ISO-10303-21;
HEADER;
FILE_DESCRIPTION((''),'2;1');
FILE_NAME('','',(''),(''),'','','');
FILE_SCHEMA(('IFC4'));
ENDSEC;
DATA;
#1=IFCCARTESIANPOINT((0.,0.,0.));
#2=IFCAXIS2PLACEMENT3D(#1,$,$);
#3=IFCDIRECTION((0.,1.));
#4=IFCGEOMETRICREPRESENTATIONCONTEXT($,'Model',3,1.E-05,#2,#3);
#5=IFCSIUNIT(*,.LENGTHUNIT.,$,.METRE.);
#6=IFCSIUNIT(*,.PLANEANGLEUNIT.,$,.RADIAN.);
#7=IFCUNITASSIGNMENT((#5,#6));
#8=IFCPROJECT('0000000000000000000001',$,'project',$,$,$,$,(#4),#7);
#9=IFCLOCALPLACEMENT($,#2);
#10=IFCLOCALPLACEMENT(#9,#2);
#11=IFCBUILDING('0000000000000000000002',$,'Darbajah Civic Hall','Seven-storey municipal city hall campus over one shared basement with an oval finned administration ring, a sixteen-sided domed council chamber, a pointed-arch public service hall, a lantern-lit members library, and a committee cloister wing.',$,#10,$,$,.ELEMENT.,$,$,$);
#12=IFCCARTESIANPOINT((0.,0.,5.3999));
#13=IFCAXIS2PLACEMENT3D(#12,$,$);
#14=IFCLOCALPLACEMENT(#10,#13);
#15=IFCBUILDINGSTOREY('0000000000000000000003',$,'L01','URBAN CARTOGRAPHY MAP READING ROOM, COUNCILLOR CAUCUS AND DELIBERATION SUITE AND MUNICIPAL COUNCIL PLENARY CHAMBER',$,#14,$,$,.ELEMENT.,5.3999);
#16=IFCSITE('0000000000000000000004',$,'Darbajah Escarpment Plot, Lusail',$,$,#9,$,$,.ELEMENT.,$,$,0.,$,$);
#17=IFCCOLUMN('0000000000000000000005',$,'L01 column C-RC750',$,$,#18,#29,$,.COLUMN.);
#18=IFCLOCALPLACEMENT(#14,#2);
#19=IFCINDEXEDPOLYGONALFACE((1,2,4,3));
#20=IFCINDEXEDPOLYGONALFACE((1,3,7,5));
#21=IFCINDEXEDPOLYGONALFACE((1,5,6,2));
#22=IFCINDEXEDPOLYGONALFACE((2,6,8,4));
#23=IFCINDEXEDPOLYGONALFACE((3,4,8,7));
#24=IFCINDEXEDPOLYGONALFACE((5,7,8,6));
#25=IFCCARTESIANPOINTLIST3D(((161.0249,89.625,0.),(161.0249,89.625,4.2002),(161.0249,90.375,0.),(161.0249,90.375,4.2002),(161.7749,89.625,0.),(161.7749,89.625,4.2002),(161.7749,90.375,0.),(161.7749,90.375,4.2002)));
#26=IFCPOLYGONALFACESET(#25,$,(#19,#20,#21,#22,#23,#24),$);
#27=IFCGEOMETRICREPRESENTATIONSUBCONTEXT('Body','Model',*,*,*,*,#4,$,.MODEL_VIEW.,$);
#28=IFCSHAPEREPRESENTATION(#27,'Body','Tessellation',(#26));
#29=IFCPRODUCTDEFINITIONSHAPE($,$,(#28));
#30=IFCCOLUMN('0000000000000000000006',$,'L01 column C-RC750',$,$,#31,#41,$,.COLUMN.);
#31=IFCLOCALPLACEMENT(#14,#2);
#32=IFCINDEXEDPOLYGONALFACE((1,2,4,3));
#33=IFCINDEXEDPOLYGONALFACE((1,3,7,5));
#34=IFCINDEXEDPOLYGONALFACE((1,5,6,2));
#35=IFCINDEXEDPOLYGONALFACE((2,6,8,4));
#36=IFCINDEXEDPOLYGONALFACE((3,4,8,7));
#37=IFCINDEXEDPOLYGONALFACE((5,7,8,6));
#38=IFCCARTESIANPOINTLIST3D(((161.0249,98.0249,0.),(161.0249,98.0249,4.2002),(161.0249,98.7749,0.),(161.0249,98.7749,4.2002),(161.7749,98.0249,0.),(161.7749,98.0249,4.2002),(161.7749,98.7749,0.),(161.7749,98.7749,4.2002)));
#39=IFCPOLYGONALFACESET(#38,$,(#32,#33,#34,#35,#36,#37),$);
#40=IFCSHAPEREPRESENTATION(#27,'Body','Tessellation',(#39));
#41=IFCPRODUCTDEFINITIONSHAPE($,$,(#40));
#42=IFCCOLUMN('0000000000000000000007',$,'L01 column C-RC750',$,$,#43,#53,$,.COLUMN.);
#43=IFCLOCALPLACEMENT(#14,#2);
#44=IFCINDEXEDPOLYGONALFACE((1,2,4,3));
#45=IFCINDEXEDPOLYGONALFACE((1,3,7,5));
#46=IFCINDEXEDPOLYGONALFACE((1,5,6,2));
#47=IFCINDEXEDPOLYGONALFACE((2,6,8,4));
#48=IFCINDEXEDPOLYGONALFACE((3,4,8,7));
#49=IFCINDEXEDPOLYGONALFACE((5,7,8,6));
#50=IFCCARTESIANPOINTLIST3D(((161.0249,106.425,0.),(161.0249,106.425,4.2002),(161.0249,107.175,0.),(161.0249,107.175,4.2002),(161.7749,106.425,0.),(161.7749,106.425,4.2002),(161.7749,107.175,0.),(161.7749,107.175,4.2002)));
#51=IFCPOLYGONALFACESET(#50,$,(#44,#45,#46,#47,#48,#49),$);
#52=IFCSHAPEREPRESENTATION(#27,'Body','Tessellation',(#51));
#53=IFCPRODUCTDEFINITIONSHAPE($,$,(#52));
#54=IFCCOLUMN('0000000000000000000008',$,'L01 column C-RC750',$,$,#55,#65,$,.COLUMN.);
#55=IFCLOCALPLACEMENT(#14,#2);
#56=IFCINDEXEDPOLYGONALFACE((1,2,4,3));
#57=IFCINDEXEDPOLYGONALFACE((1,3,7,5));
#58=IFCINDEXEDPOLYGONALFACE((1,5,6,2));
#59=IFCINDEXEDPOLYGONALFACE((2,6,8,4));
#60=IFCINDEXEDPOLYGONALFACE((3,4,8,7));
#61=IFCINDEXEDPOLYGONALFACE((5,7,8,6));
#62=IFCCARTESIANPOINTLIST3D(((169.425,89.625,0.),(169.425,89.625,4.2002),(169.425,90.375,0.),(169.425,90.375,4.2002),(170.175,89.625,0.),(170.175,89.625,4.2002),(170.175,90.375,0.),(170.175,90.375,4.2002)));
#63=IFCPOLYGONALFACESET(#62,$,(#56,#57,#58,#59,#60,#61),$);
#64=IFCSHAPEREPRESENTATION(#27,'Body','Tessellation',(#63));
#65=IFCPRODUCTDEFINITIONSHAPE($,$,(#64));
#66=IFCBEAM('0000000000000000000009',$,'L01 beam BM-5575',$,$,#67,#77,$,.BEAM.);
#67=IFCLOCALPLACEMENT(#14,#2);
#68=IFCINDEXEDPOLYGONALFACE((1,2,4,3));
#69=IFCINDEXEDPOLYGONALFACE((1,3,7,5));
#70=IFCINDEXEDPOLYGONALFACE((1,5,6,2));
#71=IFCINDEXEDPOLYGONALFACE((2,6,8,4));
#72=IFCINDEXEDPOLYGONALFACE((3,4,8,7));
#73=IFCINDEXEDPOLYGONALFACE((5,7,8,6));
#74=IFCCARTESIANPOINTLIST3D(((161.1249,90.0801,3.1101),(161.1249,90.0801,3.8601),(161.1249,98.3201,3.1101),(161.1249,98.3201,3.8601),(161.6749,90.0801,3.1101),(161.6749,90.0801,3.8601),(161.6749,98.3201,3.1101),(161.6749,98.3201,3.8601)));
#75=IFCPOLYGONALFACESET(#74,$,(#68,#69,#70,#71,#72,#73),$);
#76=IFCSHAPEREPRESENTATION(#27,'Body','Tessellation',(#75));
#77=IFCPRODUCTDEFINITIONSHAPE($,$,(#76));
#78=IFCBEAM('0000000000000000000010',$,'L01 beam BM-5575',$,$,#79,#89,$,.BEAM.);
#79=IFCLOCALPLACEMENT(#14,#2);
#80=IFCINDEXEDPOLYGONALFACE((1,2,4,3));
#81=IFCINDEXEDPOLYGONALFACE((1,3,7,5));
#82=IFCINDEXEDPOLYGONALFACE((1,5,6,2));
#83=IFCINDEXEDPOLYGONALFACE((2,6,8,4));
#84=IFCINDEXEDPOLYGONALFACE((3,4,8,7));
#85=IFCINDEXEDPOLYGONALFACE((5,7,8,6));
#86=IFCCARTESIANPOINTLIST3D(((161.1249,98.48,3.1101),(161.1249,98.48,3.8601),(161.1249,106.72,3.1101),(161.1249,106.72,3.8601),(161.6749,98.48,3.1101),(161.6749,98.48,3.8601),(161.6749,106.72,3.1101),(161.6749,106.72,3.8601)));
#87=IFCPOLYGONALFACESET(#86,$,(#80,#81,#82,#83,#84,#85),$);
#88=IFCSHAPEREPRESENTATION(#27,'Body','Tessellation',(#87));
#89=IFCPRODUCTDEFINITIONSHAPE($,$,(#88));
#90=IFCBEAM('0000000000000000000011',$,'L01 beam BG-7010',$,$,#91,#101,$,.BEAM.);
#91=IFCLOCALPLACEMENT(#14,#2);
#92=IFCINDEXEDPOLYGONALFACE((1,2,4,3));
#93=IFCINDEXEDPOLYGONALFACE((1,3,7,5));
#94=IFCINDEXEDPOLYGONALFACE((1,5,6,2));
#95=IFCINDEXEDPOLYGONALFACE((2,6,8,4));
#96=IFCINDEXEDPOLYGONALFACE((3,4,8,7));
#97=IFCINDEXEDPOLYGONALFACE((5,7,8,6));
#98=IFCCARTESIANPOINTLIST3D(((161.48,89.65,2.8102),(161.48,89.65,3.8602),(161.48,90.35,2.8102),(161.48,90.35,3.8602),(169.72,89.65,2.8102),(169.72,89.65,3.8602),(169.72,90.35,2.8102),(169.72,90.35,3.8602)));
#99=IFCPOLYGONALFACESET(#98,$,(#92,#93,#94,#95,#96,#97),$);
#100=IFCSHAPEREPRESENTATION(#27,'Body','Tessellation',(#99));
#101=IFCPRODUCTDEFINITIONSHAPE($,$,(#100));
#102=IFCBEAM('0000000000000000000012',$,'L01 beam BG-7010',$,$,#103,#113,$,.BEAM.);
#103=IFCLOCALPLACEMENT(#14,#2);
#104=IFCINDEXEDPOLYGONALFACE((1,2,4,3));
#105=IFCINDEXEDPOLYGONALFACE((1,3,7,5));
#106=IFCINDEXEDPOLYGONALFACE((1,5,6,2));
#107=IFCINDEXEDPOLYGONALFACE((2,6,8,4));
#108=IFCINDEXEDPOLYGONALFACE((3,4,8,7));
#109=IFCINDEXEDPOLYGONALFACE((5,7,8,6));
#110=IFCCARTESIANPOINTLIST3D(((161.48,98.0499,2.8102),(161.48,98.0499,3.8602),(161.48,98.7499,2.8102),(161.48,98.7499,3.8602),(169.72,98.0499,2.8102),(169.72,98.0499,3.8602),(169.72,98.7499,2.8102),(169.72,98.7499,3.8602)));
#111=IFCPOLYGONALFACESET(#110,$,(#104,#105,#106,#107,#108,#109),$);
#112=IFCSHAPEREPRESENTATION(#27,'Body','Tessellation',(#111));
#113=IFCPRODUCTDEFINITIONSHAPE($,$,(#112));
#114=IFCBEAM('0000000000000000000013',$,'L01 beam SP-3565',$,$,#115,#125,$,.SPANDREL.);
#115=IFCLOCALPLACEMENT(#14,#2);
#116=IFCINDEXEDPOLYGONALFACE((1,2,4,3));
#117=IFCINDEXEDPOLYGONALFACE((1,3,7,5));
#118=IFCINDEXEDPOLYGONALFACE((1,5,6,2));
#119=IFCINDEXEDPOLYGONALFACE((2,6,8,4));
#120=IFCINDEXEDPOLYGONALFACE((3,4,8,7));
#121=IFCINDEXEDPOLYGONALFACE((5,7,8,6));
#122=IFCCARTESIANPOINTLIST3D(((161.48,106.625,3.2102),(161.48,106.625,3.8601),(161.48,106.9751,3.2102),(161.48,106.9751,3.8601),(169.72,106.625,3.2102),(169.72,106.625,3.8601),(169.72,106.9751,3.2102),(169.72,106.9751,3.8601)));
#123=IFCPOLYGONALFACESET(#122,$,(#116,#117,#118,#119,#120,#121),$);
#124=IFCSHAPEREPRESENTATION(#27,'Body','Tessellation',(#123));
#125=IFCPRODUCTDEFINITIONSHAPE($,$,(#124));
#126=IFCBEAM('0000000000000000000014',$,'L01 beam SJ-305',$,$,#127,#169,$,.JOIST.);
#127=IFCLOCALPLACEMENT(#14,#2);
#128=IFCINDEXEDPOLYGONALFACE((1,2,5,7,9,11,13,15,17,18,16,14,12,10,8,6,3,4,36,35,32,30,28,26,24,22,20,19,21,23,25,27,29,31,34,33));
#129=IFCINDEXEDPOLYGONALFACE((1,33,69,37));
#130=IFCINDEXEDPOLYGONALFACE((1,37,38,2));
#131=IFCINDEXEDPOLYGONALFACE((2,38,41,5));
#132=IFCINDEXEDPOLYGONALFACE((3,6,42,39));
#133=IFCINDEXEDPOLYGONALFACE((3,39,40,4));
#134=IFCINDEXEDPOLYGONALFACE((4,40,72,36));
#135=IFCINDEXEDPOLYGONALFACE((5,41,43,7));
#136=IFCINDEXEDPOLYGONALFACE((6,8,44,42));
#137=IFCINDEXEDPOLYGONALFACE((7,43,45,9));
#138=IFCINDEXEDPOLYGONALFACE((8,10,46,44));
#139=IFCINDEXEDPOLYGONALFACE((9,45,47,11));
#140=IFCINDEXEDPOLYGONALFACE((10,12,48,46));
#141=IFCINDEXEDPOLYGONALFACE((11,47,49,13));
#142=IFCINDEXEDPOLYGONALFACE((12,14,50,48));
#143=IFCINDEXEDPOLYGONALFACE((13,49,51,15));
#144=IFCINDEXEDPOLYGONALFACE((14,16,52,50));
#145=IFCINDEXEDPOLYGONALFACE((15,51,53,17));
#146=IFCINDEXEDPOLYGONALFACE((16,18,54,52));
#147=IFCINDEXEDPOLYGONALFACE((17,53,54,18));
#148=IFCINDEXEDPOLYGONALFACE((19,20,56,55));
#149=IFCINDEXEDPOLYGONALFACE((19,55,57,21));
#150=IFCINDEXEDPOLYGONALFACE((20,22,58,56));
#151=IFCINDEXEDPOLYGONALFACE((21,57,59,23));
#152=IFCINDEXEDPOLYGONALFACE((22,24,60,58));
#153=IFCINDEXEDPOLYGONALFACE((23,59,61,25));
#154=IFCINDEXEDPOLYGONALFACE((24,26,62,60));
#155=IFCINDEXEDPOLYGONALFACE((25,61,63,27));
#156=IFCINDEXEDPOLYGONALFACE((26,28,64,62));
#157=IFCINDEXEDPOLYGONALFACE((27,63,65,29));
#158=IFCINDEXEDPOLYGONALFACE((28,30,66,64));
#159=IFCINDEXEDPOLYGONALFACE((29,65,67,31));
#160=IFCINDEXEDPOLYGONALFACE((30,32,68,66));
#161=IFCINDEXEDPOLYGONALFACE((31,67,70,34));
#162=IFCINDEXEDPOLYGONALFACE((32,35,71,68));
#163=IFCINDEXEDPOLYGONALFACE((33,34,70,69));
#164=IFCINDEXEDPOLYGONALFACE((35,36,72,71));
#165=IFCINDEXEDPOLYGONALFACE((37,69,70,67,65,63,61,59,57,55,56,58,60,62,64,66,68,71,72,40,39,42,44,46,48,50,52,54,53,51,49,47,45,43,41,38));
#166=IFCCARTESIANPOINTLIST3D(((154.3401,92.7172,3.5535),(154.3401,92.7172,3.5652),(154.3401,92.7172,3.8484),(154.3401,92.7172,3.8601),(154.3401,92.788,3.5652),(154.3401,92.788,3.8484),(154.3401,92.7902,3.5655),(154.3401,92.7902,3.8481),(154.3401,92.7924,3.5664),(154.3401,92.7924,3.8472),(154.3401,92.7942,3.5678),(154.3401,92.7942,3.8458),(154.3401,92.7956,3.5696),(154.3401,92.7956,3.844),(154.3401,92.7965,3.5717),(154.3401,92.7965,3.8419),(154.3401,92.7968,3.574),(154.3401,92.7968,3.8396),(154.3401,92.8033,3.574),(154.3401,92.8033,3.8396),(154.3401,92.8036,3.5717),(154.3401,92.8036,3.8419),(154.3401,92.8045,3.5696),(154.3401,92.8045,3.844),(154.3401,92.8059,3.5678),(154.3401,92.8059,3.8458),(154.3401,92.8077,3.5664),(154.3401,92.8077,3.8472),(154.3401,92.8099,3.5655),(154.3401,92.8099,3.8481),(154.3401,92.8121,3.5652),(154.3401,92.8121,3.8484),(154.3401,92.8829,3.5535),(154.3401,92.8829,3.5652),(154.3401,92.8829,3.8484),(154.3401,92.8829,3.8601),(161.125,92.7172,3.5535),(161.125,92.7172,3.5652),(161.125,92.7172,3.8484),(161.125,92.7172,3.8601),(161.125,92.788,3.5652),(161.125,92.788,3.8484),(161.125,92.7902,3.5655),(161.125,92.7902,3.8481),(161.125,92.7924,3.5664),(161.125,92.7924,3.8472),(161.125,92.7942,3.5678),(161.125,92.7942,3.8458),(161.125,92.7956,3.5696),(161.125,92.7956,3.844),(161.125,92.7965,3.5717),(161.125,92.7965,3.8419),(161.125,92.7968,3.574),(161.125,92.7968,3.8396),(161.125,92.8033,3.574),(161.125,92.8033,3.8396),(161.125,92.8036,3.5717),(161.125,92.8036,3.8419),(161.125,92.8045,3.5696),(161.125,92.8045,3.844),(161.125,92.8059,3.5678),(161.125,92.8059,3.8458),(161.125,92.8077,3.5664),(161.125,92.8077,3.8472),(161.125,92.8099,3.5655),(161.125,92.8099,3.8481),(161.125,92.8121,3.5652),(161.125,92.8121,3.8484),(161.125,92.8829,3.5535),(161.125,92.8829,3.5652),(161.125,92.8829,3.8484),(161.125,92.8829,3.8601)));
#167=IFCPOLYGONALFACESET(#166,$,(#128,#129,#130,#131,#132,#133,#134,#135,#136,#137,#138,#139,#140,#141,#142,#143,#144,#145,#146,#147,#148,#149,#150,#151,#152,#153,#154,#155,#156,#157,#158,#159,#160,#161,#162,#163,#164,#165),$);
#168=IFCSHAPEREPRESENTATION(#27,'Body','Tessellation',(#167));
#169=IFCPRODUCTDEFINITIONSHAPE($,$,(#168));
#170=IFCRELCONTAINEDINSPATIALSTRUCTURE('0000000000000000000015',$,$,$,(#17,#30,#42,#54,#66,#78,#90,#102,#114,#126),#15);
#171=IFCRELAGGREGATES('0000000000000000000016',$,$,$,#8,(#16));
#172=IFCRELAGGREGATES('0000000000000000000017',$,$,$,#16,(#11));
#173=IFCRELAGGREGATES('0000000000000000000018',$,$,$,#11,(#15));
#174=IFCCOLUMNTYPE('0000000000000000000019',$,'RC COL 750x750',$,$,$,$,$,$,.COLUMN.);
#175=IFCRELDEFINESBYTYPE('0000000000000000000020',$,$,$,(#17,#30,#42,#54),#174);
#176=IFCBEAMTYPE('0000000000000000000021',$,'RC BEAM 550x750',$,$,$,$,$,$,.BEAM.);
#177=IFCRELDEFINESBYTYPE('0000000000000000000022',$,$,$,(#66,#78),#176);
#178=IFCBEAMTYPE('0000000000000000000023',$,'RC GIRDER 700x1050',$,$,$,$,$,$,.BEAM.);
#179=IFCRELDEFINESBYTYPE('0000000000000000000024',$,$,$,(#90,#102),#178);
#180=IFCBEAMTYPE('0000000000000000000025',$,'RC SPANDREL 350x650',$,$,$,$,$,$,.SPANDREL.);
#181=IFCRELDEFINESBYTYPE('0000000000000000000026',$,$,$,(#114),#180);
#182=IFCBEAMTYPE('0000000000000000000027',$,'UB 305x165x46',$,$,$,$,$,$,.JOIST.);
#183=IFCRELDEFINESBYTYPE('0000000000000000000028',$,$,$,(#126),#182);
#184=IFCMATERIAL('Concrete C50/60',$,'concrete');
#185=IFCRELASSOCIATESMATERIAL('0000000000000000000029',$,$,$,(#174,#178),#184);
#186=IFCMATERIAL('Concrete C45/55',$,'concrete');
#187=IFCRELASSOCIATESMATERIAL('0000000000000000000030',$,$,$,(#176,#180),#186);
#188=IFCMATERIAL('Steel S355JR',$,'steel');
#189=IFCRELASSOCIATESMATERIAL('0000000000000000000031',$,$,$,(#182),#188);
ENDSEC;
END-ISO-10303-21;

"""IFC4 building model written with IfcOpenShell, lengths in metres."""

from ifc_helpers import new_model, si_unit, direction, frame, origin, origin_2d, place, context, subcontext, project, spatial, rectangle, i_section, extrude, material, material_profile, profile_set, type_object, element, save


model = new_model("IFC4")

# Units and contexts
model_context = context("Model", 3, precision=1e-05, world=origin(), true_north=direction((0.0, 1.0)))
body_context = subcontext(model_context, "Body", "Model", "MODEL_VIEW")
ifc_project = project(units=[si_unit("LENGTHUNIT", "METRE"), si_unit("PLANEANGLEUNIT", "RADIAN")], contexts=[model_context])

# Site, building, storey
site_placement = place(None, origin())
site = spatial("IfcSite", under=ifc_project, at=site_placement, Name="Darbajah Escarpment Plot, Lusail", CompositionType="ELEMENT", RefElevation=0.0)
building_placement = place(site_placement, origin())
building = spatial("IfcBuilding", under=site, at=building_placement, Name="Darbajah Civic Hall", Description="Seven-storey municipal city hall campus over one shared basement with an oval finned administration ring, a sixteen-sided domed council chamber, a pointed-arch public service hall, a lantern-lit members library, and a committee cloister wing.", CompositionType="ELEMENT")
storey_placement = place(building_placement, frame((0.0, 0.0, 5.3999)))
storey = spatial("IfcBuildingStorey", under=building, at=storey_placement, Name="L01", Description="URBAN CARTOGRAPHY MAP READING ROOM, COUNCILLOR CAUCUS AND DELIBERATION SUITE AND MUNICIPAL COUNCIL PLENARY CHAMBER", CompositionType="ELEMENT", Elevation=5.3999)

# Columns
ifc_material_1 = material(Name="Concrete C50/60", Category="concrete")
ifc_material_profile_1 = material_profile(ifc_material_1, rectangle(XDim=0.75, YDim=0.75, at=origin_2d()), Name="RC COL 750x750")
ifc_profile_set_1 = profile_set([ifc_material_profile_1], Name="Concrete C50/60")
column_type = type_object("IfcColumnType", Name="RC COL 750x750", PredefinedType="COLUMN", material=ifc_profile_set_1)
for number, where, z_axis, x_axis, name in (
    (1, (161.3999, 90.0, 0.0), (0.0, 0.0, 1.0), (1.0, 0.0, 0.0), "L01 column C-RC750"),
    (2, (161.3999, 98.3999, 0.0), (0.0, 0.0, 1.0), (1.0, 0.0, 0.0), "L01 column C-RC750"),
    (3, (161.3999, 106.8, 0.0), (0.0, 0.0, 1.0), (1.0, 0.0, 0.0), "L01 column C-RC750"),
    (4, (169.8, 90.0, 0.0), (0.0, 0.0, 1.0), (1.0, 0.0, 0.0), "L01 column C-RC750"),
):
    element("IfcColumn", number, at=place(storey_placement, frame(where, z_axis=z_axis, x_axis=x_axis)), inside=storey, type_object=column_type, Name=name, PredefinedType="COLUMN", context=body_context, shape_type="SweptSolid", body=[
        extrude(rectangle(XDim=0.75, YDim=0.75, at=origin_2d()), origin(), (0.0, 0.0, 1.0), 4.2002),
    ])

# Beams
ifc_material_2 = material(Name="Concrete C45/55", Category="concrete")
ifc_material_profile_2 = material_profile(ifc_material_2, rectangle(XDim=0.55, YDim=0.75, at=origin_2d()), Name="RC BEAM 550x750")
ifc_profile_set_2 = profile_set([ifc_material_profile_2], Name="Concrete C45/55")
beam_type_1 = type_object("IfcBeamType", Name="RC BEAM 550x750", PredefinedType="BEAM", material=ifc_profile_set_2)
for number, where, z_axis, x_axis, name in (
    (5, (161.3999, 90.0801, 3.4851), (0.0, 1.0, 0.0), (-1.0, 0.0, 0.0), "L01 beam BM-5575"),
    (6, (161.3999, 98.48, 3.4851), (0.0, 1.0, 0.0), (-1.0, 0.0, 0.0), "L01 beam BM-5575"),
):
    element("IfcBeam", number, at=place(storey_placement, frame(where, z_axis=z_axis, x_axis=x_axis)), inside=storey, type_object=beam_type_1, Name=name, PredefinedType="BEAM", context=body_context, shape_type="SweptSolid", body=[
        extrude(rectangle(XDim=0.55, YDim=0.75, at=origin_2d()), origin(), (0.0, 0.0, 1.0), 8.24),
    ])
ifc_material_profile_3 = material_profile(ifc_material_1, rectangle(XDim=0.7, YDim=1.05, at=origin_2d()), Name="RC GIRDER 700x1050")
ifc_profile_set_3 = profile_set([ifc_material_profile_3], Name="Concrete C50/60")
beam_type_2 = type_object("IfcBeamType", Name="RC GIRDER 700x1050", PredefinedType="BEAM", material=ifc_profile_set_3)
for number, where, z_axis, x_axis, name in (
    (7, (161.48, 90.0, 3.3352), (1.0, 0.0, 0.0), (0.0, 1.0, 0.0), "L01 beam BG-7010"),
    (8, (161.48, 98.3999, 3.3352), (1.0, 0.0, 0.0), (0.0, 1.0, 0.0), "L01 beam BG-7010"),
):
    element("IfcBeam", number, at=place(storey_placement, frame(where, z_axis=z_axis, x_axis=x_axis)), inside=storey, type_object=beam_type_2, Name=name, PredefinedType="BEAM", context=body_context, shape_type="SweptSolid", body=[
        extrude(rectangle(XDim=0.7, YDim=1.05, at=origin_2d()), origin(), (0.0, 0.0, 1.0), 8.24),
    ])
ifc_material_profile_4 = material_profile(ifc_material_2, rectangle(XDim=0.3501, YDim=0.6499, at=origin_2d()), Name="RC SPANDREL 350x650")
ifc_profile_set_4 = profile_set([ifc_material_profile_4], Name="Concrete C45/55")
beam_type_3 = type_object("IfcBeamType", Name="RC SPANDREL 350x650", PredefinedType="SPANDREL", material=ifc_profile_set_4)
beam_1_placement = place(storey_placement, frame((161.48, 106.8, 3.5352), z_axis=(1.0, 0.0, 0.0), x_axis=(0.0, 1.0, 0.0)))
element("IfcBeam", 9, at=beam_1_placement, inside=storey, type_object=beam_type_3, Name="L01 beam SP-3565", PredefinedType="SPANDREL", context=body_context, shape_type="SweptSolid", body=[
    extrude(rectangle(XDim=0.3501, YDim=0.6499, at=origin_2d()), origin(), (0.0, 0.0, 1.0), 8.24),
])
ifc_material_3 = material(Name="Steel S355JR", Category="steel")
ifc_material_profile_5 = material_profile(ifc_material_3, i_section(OverallWidth=0.1658, OverallDepth=0.3066, WebThickness=0.0066, FlangeThickness=0.0117, FilletRadius=0.0088, at=origin_2d()), Name="UB 305x165x46")
ifc_profile_set_5 = profile_set([ifc_material_profile_5], Name="Steel S355JR")
beam_type_4 = type_object("IfcBeamType", Name="UB 305x165x46", PredefinedType="JOIST", material=ifc_profile_set_5)
beam_2_placement = place(storey_placement, frame((154.3401, 92.8, 3.7068), z_axis=(1.0, 0.0, 0.0), x_axis=(0.0, 1.0, 0.0)))
element("IfcBeam", 10, at=beam_2_placement, inside=storey, type_object=beam_type_4, Name="L01 beam SJ-305", PredefinedType="JOIST", context=body_context, shape_type="SweptSolid", body=[
    extrude(i_section(OverallWidth=0.1658, OverallDepth=0.3066, WebThickness=0.0066, FlangeThickness=0.0117, FilletRadius=0.0088, at=origin_2d()), origin(), (0.0, 0.0, 1.0), 6.7849),
])

save(model, "model.ifc")
